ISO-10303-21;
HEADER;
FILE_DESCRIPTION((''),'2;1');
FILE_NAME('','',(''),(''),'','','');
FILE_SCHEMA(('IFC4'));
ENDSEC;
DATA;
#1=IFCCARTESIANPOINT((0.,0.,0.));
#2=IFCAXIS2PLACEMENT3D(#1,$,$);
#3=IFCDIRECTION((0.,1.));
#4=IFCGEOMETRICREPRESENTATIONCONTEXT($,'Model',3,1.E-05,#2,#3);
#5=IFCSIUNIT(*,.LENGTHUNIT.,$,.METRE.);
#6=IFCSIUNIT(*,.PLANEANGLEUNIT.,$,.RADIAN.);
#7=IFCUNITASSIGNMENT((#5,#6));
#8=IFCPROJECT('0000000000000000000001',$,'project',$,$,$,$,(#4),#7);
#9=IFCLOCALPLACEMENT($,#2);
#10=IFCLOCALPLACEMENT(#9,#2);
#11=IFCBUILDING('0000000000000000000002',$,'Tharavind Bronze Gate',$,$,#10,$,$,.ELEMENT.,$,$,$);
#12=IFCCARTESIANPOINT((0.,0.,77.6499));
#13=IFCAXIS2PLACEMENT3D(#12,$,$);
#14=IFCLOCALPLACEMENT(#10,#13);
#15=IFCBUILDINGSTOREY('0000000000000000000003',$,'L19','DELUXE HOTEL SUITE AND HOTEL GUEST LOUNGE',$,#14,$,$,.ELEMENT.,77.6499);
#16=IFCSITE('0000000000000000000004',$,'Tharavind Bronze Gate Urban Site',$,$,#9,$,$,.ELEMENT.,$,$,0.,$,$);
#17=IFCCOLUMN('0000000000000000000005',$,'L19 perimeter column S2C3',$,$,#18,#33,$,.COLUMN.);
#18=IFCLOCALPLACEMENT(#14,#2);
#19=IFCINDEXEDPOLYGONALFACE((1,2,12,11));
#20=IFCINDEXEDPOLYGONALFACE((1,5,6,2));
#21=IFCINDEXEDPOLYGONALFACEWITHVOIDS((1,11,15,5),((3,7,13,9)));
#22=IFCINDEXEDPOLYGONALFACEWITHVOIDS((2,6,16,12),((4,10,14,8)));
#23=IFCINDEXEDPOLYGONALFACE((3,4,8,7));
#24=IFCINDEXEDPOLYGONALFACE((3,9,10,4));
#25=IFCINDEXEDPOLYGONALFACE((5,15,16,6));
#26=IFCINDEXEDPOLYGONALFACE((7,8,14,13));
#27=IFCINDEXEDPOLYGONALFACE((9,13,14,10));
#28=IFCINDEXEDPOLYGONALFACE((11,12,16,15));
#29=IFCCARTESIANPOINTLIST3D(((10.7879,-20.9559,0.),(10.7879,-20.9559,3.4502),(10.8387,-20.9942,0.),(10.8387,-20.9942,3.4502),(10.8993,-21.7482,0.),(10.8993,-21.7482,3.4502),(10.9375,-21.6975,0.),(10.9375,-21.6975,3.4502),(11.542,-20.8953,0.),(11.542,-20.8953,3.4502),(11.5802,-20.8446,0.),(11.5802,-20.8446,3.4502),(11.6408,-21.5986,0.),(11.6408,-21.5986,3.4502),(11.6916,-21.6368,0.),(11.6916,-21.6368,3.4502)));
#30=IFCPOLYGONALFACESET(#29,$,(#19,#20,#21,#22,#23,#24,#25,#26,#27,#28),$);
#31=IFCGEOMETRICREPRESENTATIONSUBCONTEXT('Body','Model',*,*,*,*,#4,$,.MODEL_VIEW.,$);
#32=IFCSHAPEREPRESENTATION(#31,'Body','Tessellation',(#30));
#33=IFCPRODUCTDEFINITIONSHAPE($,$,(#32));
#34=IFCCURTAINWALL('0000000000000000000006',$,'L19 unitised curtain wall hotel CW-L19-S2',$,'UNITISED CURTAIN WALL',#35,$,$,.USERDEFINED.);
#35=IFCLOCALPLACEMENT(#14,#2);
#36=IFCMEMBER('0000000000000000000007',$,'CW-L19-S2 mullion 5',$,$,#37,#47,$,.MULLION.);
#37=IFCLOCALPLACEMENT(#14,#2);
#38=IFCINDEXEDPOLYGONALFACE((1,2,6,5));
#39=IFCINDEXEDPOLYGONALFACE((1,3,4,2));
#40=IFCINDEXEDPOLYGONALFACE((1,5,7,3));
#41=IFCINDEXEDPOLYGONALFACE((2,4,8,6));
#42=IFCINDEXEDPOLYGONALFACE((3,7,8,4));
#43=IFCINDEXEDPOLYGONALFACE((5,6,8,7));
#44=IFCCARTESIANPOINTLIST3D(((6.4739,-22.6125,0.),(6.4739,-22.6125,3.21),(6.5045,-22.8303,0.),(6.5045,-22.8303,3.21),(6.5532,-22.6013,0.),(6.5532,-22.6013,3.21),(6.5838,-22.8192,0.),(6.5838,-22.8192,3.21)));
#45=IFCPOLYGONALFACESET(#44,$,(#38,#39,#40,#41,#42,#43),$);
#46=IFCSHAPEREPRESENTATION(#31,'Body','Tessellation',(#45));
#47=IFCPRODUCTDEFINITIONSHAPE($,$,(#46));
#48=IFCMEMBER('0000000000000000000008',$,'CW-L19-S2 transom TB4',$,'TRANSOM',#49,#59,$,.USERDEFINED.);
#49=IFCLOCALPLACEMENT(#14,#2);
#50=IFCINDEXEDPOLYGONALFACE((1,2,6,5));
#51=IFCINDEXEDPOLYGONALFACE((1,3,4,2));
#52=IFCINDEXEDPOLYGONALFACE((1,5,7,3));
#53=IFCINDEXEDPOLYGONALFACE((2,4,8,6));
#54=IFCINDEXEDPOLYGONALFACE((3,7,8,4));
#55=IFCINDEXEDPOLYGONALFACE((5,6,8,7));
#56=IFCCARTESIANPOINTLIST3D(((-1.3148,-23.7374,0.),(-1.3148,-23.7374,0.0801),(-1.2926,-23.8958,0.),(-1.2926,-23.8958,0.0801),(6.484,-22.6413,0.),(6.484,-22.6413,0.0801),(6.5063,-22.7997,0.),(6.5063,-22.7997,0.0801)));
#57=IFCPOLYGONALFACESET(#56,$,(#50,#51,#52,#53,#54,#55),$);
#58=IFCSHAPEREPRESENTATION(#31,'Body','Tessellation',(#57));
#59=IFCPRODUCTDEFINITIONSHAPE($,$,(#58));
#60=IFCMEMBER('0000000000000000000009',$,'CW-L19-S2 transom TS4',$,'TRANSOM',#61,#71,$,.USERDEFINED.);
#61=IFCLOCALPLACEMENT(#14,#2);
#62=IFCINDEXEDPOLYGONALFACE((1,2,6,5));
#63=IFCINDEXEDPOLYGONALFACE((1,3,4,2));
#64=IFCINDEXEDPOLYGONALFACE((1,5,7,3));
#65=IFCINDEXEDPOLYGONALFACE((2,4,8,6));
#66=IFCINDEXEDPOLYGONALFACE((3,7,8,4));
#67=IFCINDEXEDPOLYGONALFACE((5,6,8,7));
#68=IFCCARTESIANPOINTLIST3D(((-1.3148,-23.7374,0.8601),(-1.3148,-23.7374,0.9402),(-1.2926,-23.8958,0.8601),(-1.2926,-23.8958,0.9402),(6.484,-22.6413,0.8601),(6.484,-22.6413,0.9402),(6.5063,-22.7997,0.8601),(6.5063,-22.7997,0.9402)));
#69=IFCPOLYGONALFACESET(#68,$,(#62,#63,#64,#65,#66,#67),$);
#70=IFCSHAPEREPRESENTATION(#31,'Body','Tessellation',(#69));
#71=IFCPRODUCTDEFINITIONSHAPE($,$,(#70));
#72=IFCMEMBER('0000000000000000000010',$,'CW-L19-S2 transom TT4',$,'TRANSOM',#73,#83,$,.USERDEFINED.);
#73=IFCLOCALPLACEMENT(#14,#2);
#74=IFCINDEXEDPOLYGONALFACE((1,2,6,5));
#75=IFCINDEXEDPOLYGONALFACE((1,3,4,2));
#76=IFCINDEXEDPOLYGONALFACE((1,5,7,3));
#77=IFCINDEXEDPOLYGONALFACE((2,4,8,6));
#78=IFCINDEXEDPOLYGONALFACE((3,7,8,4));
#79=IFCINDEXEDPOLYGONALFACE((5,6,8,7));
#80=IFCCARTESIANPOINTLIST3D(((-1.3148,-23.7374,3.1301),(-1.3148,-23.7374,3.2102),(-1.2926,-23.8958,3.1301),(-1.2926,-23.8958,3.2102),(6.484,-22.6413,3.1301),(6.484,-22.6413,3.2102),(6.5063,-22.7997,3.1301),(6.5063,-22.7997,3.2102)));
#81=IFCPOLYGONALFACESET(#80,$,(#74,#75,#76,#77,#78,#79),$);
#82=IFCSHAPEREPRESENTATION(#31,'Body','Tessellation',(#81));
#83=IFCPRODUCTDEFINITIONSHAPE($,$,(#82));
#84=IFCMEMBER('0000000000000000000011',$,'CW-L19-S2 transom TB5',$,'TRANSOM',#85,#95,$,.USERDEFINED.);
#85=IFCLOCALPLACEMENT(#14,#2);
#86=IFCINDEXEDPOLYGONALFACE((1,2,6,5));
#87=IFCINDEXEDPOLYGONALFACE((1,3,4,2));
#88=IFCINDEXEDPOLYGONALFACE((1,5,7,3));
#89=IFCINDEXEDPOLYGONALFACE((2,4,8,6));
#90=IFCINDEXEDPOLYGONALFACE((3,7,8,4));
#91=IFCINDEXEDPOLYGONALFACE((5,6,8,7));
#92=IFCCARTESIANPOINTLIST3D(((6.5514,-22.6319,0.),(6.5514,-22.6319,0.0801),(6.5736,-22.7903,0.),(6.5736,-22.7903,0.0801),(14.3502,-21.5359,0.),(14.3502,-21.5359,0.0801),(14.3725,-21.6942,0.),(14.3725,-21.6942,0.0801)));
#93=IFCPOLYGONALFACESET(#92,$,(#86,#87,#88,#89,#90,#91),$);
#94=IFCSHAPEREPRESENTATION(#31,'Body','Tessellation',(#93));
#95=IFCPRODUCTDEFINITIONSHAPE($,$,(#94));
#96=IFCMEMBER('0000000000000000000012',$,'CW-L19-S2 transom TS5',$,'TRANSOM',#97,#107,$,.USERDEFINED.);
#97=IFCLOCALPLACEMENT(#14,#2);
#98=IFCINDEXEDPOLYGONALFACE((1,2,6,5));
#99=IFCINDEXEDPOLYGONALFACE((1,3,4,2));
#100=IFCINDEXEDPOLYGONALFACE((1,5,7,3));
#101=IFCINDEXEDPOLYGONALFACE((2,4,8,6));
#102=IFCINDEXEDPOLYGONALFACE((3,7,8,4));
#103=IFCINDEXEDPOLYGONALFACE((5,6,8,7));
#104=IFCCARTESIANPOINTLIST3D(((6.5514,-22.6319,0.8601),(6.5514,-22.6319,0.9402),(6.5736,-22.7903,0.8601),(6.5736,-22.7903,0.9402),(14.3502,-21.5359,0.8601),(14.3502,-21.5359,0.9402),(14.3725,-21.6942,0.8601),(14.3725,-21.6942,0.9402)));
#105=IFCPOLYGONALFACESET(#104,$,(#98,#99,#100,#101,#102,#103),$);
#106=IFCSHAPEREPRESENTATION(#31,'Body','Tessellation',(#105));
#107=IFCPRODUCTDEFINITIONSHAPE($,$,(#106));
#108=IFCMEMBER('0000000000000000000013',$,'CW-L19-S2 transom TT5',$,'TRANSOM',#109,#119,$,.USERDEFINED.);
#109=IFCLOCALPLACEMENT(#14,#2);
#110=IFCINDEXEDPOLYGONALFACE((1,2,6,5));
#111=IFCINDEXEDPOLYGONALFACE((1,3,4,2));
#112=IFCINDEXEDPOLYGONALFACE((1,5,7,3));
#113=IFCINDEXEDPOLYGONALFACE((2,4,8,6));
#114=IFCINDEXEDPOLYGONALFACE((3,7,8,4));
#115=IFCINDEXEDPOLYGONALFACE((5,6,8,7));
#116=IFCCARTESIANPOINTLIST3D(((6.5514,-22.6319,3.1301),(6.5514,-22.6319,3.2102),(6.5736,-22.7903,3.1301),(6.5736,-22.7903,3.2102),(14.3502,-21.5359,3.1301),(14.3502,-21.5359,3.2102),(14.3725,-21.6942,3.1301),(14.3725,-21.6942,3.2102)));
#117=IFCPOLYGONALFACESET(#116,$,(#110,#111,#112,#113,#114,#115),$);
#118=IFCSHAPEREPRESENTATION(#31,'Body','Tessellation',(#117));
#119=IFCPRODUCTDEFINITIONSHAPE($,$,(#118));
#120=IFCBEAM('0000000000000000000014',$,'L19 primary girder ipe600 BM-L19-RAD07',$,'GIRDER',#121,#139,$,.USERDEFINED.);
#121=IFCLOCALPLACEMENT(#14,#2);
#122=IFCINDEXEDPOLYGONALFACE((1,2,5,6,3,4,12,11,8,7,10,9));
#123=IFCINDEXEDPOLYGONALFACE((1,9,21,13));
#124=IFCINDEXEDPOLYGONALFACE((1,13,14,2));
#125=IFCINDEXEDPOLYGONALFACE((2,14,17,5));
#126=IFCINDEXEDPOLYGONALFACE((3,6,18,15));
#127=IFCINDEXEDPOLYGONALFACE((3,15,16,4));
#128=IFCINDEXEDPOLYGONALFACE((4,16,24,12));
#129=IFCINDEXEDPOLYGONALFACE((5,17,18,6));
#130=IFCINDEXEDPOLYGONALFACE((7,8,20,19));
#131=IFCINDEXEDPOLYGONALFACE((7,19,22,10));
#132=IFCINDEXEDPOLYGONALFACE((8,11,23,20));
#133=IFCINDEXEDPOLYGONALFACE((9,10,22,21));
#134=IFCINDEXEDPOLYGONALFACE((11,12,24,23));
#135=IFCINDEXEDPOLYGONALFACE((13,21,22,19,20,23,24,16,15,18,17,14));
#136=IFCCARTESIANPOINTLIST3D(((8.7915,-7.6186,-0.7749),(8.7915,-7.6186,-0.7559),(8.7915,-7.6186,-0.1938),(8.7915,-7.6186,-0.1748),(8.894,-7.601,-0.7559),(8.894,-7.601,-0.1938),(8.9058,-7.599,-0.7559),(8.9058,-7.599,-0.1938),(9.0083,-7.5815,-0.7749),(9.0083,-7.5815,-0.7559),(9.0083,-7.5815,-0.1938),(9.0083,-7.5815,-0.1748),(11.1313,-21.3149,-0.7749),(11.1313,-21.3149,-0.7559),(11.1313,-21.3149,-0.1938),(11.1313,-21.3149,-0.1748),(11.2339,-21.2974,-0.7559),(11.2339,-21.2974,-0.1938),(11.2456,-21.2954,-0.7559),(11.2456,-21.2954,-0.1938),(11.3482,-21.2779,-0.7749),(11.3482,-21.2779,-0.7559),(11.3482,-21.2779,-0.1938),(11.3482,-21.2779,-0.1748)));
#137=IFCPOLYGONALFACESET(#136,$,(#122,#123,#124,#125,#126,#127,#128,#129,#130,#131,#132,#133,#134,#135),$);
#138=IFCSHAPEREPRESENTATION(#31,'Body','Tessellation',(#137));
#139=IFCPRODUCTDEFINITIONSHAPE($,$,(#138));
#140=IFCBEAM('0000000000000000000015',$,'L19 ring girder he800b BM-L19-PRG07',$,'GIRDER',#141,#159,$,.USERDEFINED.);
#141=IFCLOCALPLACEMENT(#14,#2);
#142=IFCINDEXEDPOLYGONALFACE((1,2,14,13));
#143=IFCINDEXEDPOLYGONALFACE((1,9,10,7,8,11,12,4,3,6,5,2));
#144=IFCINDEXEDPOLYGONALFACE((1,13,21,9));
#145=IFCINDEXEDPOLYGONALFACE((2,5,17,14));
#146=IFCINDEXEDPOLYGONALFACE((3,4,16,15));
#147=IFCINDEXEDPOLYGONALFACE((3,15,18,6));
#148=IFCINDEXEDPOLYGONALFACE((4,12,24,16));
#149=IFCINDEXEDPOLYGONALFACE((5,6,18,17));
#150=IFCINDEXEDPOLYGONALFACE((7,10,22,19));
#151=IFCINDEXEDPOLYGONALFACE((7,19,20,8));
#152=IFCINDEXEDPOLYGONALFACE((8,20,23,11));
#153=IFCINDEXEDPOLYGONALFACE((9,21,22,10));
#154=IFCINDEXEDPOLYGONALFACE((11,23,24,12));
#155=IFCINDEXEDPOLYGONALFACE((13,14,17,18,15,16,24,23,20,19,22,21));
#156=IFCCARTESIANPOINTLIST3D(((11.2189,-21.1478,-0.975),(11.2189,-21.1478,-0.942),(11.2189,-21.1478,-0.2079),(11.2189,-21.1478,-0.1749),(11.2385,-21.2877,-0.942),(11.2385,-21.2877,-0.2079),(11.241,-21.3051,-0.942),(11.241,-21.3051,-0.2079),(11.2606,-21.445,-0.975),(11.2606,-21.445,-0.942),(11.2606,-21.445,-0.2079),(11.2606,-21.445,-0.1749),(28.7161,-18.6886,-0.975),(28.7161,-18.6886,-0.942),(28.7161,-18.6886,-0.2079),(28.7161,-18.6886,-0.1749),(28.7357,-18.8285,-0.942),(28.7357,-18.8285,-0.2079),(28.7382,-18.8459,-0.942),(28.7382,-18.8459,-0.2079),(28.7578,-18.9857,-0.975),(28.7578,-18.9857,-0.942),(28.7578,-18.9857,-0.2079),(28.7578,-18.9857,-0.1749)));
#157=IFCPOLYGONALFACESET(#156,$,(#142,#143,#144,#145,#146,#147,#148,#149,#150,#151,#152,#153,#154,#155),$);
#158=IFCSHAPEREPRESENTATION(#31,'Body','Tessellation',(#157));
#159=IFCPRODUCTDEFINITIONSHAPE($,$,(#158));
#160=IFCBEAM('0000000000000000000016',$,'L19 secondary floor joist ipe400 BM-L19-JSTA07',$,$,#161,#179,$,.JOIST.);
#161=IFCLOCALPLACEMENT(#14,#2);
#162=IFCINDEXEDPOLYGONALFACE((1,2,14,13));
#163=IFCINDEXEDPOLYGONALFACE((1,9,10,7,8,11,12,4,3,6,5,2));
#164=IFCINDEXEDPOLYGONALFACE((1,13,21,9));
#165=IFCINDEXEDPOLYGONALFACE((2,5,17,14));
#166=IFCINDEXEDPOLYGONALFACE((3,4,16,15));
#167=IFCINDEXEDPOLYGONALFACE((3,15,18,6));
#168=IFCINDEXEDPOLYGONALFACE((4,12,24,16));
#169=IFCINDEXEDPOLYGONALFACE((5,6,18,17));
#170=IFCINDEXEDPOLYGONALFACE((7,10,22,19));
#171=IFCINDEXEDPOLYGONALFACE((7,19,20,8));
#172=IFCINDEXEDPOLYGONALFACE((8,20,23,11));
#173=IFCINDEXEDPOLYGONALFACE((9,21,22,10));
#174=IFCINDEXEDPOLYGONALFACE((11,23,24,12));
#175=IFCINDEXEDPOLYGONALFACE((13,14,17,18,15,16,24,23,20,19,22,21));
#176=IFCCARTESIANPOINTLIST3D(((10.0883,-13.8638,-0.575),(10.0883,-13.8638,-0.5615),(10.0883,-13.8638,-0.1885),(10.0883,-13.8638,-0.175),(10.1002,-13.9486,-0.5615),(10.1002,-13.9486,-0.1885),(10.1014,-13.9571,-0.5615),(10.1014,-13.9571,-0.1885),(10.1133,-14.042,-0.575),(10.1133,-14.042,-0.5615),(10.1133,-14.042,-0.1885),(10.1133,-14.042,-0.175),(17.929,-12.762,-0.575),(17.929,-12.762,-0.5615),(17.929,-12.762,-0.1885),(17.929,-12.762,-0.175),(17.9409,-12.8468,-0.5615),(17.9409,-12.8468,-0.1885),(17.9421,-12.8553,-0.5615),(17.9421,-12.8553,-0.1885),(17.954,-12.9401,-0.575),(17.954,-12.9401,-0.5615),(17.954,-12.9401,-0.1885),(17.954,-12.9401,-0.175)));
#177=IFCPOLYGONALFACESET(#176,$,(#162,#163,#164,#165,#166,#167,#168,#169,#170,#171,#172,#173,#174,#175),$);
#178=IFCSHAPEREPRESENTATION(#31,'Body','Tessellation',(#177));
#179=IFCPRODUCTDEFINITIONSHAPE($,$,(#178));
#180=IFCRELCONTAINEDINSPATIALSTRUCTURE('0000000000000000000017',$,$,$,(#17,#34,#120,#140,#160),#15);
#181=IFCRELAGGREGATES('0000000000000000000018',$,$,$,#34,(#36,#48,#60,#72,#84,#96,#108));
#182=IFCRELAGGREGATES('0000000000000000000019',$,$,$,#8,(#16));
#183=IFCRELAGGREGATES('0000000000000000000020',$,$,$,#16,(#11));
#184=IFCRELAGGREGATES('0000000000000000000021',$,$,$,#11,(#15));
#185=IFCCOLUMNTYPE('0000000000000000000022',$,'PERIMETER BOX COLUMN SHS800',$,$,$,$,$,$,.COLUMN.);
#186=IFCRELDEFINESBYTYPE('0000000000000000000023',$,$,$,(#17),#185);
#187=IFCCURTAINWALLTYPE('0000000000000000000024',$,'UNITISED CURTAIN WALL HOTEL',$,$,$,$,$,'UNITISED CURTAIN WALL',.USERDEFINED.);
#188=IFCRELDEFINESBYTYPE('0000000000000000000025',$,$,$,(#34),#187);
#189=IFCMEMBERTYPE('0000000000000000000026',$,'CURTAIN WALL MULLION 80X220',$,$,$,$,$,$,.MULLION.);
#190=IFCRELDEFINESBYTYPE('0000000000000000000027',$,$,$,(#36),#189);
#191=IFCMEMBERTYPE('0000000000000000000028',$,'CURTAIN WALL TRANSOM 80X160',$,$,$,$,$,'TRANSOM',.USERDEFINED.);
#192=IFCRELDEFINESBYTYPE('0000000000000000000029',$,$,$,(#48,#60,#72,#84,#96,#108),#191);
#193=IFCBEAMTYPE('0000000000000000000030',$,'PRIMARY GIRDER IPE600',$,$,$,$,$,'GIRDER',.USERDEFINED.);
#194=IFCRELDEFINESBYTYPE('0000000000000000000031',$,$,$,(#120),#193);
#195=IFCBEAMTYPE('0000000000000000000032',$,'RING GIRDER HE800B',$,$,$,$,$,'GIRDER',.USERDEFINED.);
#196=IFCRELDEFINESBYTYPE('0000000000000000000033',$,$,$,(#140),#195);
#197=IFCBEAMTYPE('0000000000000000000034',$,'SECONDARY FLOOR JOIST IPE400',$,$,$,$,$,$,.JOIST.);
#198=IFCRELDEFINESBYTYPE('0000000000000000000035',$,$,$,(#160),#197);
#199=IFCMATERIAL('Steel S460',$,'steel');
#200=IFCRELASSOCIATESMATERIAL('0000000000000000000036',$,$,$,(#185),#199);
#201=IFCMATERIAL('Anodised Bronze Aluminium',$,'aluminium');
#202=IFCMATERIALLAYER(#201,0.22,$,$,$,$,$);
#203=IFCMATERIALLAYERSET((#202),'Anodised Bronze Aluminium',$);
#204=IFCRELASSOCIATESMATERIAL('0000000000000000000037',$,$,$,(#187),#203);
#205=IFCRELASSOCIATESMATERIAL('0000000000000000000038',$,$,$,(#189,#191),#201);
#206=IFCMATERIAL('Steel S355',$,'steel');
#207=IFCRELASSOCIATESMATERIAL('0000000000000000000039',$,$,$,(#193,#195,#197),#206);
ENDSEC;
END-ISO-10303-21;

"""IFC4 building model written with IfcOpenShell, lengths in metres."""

from ifc_helpers import new_model, si_unit, direction, frame, origin, origin_2d, place, context, subcontext, project, spatial, rectangle, hollow_rectangle, i_section, extrude, material, layer, layer_set, material_profile, profile_set, type_object, element, aggregate, save


model = new_model("IFC4")

# Units and contexts
model_context = context("Model", 3, precision=1e-05, world=origin(), true_north=direction((0.0, 1.0)))
body_context = subcontext(model_context, "Body", "Model", "MODEL_VIEW")
ifc_project = project(units=[si_unit("LENGTHUNIT", "METRE"), si_unit("PLANEANGLEUNIT", "RADIAN")], contexts=[model_context])

# Site, building, storey
site_placement = place(None, origin())
site = spatial("IfcSite", under=ifc_project, at=site_placement, Name="Tharavind Bronze Gate Urban Site", CompositionType="ELEMENT", RefElevation=0.0)
building_placement = place(site_placement, origin())
building = spatial("IfcBuilding", under=site, at=building_placement, Name="Tharavind Bronze Gate", CompositionType="ELEMENT")
storey_placement = place(building_placement, frame((0.0, 0.0, 77.6499)))
storey = spatial("IfcBuildingStorey", under=building, at=storey_placement, Name="L19", Description="DELUXE HOTEL SUITE AND HOTEL GUEST LOUNGE", CompositionType="ELEMENT", Elevation=77.6499)

# Column
ifc_material_1 = material(Name="Steel S460", Category="steel")
ifc_material_profile_1 = material_profile(ifc_material_1, hollow_rectangle(XDim=0.8, YDim=0.8, WallThickness=0.0449, at=origin_2d()), Name="SHS800X45")
ifc_profile_set_1 = profile_set([ifc_material_profile_1], Name="Steel S460")
column_type = type_object("IfcColumnType", Name="PERIMETER BOX COLUMN SHS800", PredefinedType="COLUMN", material=ifc_profile_set_1)
column_placement = place(storey_placement, frame((11.2397, -21.2964, 0.0), z_axis=(0.0, 0.0, 1.0), x_axis=(0.990268, 0.139173, 0.0)))
element("IfcColumn", 1, at=column_placement, inside=storey, type_object=column_type, Name="L19 perimeter column S2C3", PredefinedType="COLUMN", context=body_context, shape_type="SweptSolid", body=[
    extrude(hollow_rectangle(XDim=0.8, YDim=0.8, WallThickness=0.0449, at=origin_2d()), origin(), (0.0, 0.0, 1.0), 3.4502),
])

# Curtain wall, members
ifc_material_2 = material(Name="Anodised Bronze Aluminium", Category="aluminium")
ifc_layer_1 = layer(ifc_material_2, 0.22)
ifc_layer_set_1 = layer_set([ifc_layer_1], Name="Anodised Bronze Aluminium")
curtain_wall_type = type_object("IfcCurtainWallType", Name="UNITISED CURTAIN WALL HOTEL", ElementType="UNITISED CURTAIN WALL", PredefinedType="USERDEFINED", material=ifc_layer_set_1)
curtain_wall_placement = place(storey_placement, origin())
curtain_wall = element("IfcCurtainWall", 2, at=curtain_wall_placement, inside=storey, type_object=curtain_wall_type, Name="L19 unitised curtain wall hotel CW-L19-S2", ObjectType="UNITISED CURTAIN WALL", PredefinedType="USERDEFINED")
member_type_1 = type_object("IfcMemberType", Name="CURTAIN WALL MULLION 80X220", PredefinedType="MULLION", material=ifc_material_2)
member_1_placement = place(storey_placement, frame((6.5288, -22.7158, 0.0), z_axis=(0.0, 0.0, 1.0), x_axis=(0.990268, 0.139173, 0.0)))
member_1 = element("IfcMember", 3, at=member_1_placement, type_object=member_type_1, Name="CW-L19-S2 mullion 5", PredefinedType="MULLION", context=body_context, shape_type="SweptSolid", body=[
    extrude(rectangle(XDim=0.0801, YDim=0.22, at=origin_2d()), origin(), (0.0, 0.0, 1.0), 3.21),
])
member_type_2 = type_object("IfcMemberType", Name="CURTAIN WALL TRANSOM 80X160", ElementType="TRANSOM", PredefinedType="USERDEFINED", material=ifc_material_2)
member_2_placement = place(storey_placement, frame((2.5957, -23.2686, 0.0), z_axis=(0.0, 0.0, 1.0), x_axis=(0.990268, 0.139173, 0.0)))
member_2 = element("IfcMember", 4, at=member_2_placement, type_object=member_type_2, Name="CW-L19-S2 transom TB4", ObjectType="TRANSOM", PredefinedType="USERDEFINED", context=body_context, shape_type="SweptSolid", body=[
    extrude(rectangle(XDim=7.8755, YDim=0.1599, at=origin_2d()), origin(), (0.0, 0.0, 1.0), 0.0801),
])
member_3_placement = place(storey_placement, frame((2.5957, -23.2686, 0.8601), z_axis=(0.0, 0.0, 1.0), x_axis=(0.990268, 0.139173, 0.0)))
member_3 = element("IfcMember", 5, at=member_3_placement, type_object=member_type_2, Name="CW-L19-S2 transom TS4", ObjectType="TRANSOM", PredefinedType="USERDEFINED", context=body_context, shape_type="SweptSolid", body=[
    extrude(rectangle(XDim=7.8755, YDim=0.1599, at=origin_2d()), origin(), (0.0, 0.0, 1.0), 0.0801),
])
member_4_placement = place(storey_placement, frame((2.5957, -23.2686, 3.1301), z_axis=(0.0, 0.0, 1.0), x_axis=(0.990268, 0.139173, 0.0)))
member_4 = element("IfcMember", 6, at=member_4_placement, type_object=member_type_2, Name="CW-L19-S2 transom TT4", ObjectType="TRANSOM", PredefinedType="USERDEFINED", context=body_context, shape_type="SweptSolid", body=[
    extrude(rectangle(XDim=7.8755, YDim=0.1599, at=origin_2d()), origin(), (0.0, 0.0, 1.0), 0.0801),
])
member_5_placement = place(storey_placement, frame((10.4619, -22.1631, 0.0), z_axis=(0.0, 0.0, 1.0), x_axis=(0.990268, 0.139173, 0.0)))
member_5 = element("IfcMember", 7, at=member_5_placement, type_object=member_type_2, Name="CW-L19-S2 transom TB5", ObjectType="TRANSOM", PredefinedType="USERDEFINED", context=body_context, shape_type="SweptSolid", body=[
    extrude(rectangle(XDim=7.8755, YDim=0.1599, at=origin_2d()), origin(), (0.0, 0.0, 1.0), 0.0801),
])
member_6_placement = place(storey_placement, frame((10.4619, -22.1631, 0.8601), z_axis=(0.0, 0.0, 1.0), x_axis=(0.990268, 0.139173, 0.0)))
member_6 = element("IfcMember", 8, at=member_6_placement, type_object=member_type_2, Name="CW-L19-S2 transom TS5", ObjectType="TRANSOM", PredefinedType="USERDEFINED", context=body_context, shape_type="SweptSolid", body=[
    extrude(rectangle(XDim=7.8755, YDim=0.1599, at=origin_2d()), origin(), (0.0, 0.0, 1.0), 0.0801),
])
member_7_placement = place(storey_placement, frame((10.4619, -22.1631, 3.1301), z_axis=(0.0, 0.0, 1.0), x_axis=(0.990268, 0.139173, 0.0)))
member_7 = element("IfcMember", 9, at=member_7_placement, type_object=member_type_2, Name="CW-L19-S2 transom TT5", ObjectType="TRANSOM", PredefinedType="USERDEFINED", context=body_context, shape_type="SweptSolid", body=[
    extrude(rectangle(XDim=7.8755, YDim=0.1599, at=origin_2d()), origin(), (0.0, 0.0, 1.0), 0.0801),
])

# Beams
ifc_material_3 = material(Name="Steel S355", Category="steel")
ifc_material_profile_2 = material_profile(ifc_material_3, i_section(OverallWidth=0.22, OverallDepth=0.6001, WebThickness=0.012, FlangeThickness=0.019, at=origin_2d()), Name="IPE600")
ifc_profile_set_2 = profile_set([ifc_material_profile_2], Name="Steel S355")
beam_type_1 = type_object("IfcBeamType", Name="PRIMARY GIRDER IPE600", ElementType="GIRDER", PredefinedType="USERDEFINED", material=ifc_profile_set_2)
beam_1_placement = place(storey_placement, frame((11.2397, -21.2964, -0.4749), z_axis=(-0.168398, 0.985719, 0.0), x_axis=(-0.985719, -0.168398, 0.0)))
element("IfcBeam", 10, at=beam_1_placement, inside=storey, type_object=beam_type_1, Name="L19 primary girder ipe600 BM-L19-RAD07", ObjectType="GIRDER", PredefinedType="USERDEFINED", context=body_context, shape_type="SweptSolid", body=[
    extrude(i_section(OverallWidth=0.22, OverallDepth=0.6001, WebThickness=0.012, FlangeThickness=0.019, at=origin_2d()), origin(), (0.0, 0.0, 1.0), 13.8948),
])
ifc_material_profile_3 = material_profile(ifc_material_3, i_section(OverallWidth=0.3, OverallDepth=0.8, WebThickness=0.0176, FlangeThickness=0.033, at=origin_2d()), Name="HE800B")
ifc_profile_set_3 = profile_set([ifc_material_profile_3], Name="Steel S355")
beam_type_2 = type_object("IfcBeamType", Name="RING GIRDER HE800B", ElementType="GIRDER", PredefinedType="USERDEFINED", material=ifc_profile_set_3)
beam_2_placement = place(storey_placement, frame((11.2397, -21.2964, -0.575), z_axis=(0.990267, 0.139181, 0.0), x_axis=(-0.139181, 0.990267, 0.0)))
element("IfcBeam", 11, at=beam_2_placement, inside=storey, type_object=beam_type_2, Name="L19 ring girder he800b BM-L19-PRG07", ObjectType="GIRDER", PredefinedType="USERDEFINED", context=body_context, shape_type="SweptSolid", body=[
    extrude(i_section(OverallWidth=0.3, OverallDepth=0.8, WebThickness=0.0176, FlangeThickness=0.033, at=origin_2d()), origin(), (0.0, 0.0, 1.0), 17.6692),
])
ifc_material_profile_4 = material_profile(ifc_material_3, i_section(OverallWidth=0.1799, OverallDepth=0.3999, WebThickness=0.0085, FlangeThickness=0.0134, at=origin_2d()), Name="IPE400")
ifc_profile_set_4 = profile_set([ifc_material_profile_4], Name="Steel S355")
beam_type_3 = type_object("IfcBeamType", Name="SECONDARY FLOOR JOIST IPE400", PredefinedType="JOIST", material=ifc_profile_set_4)
beam_3_placement = place(storey_placement, frame((10.1008, -13.9529, -0.375), z_axis=(0.99027, 0.139159, 0.0), x_axis=(-0.139159, 0.99027, 0.0)))
element("IfcBeam", 12, at=beam_3_placement, inside=storey, type_object=beam_type_3, Name="L19 secondary floor joist ipe400 BM-L19-JSTA07", PredefinedType="JOIST", context=body_context, shape_type="SweptSolid", body=[
    extrude(i_section(OverallWidth=0.1799, OverallDepth=0.3999, WebThickness=0.0085, FlangeThickness=0.0134, at=origin_2d()), origin(), (0.0, 0.0, 1.0), 7.9177),
])

aggregate(curtain_wall, [member_1, member_2, member_3, member_4, member_5, member_6, member_7])

save(model, "model.ifc")
